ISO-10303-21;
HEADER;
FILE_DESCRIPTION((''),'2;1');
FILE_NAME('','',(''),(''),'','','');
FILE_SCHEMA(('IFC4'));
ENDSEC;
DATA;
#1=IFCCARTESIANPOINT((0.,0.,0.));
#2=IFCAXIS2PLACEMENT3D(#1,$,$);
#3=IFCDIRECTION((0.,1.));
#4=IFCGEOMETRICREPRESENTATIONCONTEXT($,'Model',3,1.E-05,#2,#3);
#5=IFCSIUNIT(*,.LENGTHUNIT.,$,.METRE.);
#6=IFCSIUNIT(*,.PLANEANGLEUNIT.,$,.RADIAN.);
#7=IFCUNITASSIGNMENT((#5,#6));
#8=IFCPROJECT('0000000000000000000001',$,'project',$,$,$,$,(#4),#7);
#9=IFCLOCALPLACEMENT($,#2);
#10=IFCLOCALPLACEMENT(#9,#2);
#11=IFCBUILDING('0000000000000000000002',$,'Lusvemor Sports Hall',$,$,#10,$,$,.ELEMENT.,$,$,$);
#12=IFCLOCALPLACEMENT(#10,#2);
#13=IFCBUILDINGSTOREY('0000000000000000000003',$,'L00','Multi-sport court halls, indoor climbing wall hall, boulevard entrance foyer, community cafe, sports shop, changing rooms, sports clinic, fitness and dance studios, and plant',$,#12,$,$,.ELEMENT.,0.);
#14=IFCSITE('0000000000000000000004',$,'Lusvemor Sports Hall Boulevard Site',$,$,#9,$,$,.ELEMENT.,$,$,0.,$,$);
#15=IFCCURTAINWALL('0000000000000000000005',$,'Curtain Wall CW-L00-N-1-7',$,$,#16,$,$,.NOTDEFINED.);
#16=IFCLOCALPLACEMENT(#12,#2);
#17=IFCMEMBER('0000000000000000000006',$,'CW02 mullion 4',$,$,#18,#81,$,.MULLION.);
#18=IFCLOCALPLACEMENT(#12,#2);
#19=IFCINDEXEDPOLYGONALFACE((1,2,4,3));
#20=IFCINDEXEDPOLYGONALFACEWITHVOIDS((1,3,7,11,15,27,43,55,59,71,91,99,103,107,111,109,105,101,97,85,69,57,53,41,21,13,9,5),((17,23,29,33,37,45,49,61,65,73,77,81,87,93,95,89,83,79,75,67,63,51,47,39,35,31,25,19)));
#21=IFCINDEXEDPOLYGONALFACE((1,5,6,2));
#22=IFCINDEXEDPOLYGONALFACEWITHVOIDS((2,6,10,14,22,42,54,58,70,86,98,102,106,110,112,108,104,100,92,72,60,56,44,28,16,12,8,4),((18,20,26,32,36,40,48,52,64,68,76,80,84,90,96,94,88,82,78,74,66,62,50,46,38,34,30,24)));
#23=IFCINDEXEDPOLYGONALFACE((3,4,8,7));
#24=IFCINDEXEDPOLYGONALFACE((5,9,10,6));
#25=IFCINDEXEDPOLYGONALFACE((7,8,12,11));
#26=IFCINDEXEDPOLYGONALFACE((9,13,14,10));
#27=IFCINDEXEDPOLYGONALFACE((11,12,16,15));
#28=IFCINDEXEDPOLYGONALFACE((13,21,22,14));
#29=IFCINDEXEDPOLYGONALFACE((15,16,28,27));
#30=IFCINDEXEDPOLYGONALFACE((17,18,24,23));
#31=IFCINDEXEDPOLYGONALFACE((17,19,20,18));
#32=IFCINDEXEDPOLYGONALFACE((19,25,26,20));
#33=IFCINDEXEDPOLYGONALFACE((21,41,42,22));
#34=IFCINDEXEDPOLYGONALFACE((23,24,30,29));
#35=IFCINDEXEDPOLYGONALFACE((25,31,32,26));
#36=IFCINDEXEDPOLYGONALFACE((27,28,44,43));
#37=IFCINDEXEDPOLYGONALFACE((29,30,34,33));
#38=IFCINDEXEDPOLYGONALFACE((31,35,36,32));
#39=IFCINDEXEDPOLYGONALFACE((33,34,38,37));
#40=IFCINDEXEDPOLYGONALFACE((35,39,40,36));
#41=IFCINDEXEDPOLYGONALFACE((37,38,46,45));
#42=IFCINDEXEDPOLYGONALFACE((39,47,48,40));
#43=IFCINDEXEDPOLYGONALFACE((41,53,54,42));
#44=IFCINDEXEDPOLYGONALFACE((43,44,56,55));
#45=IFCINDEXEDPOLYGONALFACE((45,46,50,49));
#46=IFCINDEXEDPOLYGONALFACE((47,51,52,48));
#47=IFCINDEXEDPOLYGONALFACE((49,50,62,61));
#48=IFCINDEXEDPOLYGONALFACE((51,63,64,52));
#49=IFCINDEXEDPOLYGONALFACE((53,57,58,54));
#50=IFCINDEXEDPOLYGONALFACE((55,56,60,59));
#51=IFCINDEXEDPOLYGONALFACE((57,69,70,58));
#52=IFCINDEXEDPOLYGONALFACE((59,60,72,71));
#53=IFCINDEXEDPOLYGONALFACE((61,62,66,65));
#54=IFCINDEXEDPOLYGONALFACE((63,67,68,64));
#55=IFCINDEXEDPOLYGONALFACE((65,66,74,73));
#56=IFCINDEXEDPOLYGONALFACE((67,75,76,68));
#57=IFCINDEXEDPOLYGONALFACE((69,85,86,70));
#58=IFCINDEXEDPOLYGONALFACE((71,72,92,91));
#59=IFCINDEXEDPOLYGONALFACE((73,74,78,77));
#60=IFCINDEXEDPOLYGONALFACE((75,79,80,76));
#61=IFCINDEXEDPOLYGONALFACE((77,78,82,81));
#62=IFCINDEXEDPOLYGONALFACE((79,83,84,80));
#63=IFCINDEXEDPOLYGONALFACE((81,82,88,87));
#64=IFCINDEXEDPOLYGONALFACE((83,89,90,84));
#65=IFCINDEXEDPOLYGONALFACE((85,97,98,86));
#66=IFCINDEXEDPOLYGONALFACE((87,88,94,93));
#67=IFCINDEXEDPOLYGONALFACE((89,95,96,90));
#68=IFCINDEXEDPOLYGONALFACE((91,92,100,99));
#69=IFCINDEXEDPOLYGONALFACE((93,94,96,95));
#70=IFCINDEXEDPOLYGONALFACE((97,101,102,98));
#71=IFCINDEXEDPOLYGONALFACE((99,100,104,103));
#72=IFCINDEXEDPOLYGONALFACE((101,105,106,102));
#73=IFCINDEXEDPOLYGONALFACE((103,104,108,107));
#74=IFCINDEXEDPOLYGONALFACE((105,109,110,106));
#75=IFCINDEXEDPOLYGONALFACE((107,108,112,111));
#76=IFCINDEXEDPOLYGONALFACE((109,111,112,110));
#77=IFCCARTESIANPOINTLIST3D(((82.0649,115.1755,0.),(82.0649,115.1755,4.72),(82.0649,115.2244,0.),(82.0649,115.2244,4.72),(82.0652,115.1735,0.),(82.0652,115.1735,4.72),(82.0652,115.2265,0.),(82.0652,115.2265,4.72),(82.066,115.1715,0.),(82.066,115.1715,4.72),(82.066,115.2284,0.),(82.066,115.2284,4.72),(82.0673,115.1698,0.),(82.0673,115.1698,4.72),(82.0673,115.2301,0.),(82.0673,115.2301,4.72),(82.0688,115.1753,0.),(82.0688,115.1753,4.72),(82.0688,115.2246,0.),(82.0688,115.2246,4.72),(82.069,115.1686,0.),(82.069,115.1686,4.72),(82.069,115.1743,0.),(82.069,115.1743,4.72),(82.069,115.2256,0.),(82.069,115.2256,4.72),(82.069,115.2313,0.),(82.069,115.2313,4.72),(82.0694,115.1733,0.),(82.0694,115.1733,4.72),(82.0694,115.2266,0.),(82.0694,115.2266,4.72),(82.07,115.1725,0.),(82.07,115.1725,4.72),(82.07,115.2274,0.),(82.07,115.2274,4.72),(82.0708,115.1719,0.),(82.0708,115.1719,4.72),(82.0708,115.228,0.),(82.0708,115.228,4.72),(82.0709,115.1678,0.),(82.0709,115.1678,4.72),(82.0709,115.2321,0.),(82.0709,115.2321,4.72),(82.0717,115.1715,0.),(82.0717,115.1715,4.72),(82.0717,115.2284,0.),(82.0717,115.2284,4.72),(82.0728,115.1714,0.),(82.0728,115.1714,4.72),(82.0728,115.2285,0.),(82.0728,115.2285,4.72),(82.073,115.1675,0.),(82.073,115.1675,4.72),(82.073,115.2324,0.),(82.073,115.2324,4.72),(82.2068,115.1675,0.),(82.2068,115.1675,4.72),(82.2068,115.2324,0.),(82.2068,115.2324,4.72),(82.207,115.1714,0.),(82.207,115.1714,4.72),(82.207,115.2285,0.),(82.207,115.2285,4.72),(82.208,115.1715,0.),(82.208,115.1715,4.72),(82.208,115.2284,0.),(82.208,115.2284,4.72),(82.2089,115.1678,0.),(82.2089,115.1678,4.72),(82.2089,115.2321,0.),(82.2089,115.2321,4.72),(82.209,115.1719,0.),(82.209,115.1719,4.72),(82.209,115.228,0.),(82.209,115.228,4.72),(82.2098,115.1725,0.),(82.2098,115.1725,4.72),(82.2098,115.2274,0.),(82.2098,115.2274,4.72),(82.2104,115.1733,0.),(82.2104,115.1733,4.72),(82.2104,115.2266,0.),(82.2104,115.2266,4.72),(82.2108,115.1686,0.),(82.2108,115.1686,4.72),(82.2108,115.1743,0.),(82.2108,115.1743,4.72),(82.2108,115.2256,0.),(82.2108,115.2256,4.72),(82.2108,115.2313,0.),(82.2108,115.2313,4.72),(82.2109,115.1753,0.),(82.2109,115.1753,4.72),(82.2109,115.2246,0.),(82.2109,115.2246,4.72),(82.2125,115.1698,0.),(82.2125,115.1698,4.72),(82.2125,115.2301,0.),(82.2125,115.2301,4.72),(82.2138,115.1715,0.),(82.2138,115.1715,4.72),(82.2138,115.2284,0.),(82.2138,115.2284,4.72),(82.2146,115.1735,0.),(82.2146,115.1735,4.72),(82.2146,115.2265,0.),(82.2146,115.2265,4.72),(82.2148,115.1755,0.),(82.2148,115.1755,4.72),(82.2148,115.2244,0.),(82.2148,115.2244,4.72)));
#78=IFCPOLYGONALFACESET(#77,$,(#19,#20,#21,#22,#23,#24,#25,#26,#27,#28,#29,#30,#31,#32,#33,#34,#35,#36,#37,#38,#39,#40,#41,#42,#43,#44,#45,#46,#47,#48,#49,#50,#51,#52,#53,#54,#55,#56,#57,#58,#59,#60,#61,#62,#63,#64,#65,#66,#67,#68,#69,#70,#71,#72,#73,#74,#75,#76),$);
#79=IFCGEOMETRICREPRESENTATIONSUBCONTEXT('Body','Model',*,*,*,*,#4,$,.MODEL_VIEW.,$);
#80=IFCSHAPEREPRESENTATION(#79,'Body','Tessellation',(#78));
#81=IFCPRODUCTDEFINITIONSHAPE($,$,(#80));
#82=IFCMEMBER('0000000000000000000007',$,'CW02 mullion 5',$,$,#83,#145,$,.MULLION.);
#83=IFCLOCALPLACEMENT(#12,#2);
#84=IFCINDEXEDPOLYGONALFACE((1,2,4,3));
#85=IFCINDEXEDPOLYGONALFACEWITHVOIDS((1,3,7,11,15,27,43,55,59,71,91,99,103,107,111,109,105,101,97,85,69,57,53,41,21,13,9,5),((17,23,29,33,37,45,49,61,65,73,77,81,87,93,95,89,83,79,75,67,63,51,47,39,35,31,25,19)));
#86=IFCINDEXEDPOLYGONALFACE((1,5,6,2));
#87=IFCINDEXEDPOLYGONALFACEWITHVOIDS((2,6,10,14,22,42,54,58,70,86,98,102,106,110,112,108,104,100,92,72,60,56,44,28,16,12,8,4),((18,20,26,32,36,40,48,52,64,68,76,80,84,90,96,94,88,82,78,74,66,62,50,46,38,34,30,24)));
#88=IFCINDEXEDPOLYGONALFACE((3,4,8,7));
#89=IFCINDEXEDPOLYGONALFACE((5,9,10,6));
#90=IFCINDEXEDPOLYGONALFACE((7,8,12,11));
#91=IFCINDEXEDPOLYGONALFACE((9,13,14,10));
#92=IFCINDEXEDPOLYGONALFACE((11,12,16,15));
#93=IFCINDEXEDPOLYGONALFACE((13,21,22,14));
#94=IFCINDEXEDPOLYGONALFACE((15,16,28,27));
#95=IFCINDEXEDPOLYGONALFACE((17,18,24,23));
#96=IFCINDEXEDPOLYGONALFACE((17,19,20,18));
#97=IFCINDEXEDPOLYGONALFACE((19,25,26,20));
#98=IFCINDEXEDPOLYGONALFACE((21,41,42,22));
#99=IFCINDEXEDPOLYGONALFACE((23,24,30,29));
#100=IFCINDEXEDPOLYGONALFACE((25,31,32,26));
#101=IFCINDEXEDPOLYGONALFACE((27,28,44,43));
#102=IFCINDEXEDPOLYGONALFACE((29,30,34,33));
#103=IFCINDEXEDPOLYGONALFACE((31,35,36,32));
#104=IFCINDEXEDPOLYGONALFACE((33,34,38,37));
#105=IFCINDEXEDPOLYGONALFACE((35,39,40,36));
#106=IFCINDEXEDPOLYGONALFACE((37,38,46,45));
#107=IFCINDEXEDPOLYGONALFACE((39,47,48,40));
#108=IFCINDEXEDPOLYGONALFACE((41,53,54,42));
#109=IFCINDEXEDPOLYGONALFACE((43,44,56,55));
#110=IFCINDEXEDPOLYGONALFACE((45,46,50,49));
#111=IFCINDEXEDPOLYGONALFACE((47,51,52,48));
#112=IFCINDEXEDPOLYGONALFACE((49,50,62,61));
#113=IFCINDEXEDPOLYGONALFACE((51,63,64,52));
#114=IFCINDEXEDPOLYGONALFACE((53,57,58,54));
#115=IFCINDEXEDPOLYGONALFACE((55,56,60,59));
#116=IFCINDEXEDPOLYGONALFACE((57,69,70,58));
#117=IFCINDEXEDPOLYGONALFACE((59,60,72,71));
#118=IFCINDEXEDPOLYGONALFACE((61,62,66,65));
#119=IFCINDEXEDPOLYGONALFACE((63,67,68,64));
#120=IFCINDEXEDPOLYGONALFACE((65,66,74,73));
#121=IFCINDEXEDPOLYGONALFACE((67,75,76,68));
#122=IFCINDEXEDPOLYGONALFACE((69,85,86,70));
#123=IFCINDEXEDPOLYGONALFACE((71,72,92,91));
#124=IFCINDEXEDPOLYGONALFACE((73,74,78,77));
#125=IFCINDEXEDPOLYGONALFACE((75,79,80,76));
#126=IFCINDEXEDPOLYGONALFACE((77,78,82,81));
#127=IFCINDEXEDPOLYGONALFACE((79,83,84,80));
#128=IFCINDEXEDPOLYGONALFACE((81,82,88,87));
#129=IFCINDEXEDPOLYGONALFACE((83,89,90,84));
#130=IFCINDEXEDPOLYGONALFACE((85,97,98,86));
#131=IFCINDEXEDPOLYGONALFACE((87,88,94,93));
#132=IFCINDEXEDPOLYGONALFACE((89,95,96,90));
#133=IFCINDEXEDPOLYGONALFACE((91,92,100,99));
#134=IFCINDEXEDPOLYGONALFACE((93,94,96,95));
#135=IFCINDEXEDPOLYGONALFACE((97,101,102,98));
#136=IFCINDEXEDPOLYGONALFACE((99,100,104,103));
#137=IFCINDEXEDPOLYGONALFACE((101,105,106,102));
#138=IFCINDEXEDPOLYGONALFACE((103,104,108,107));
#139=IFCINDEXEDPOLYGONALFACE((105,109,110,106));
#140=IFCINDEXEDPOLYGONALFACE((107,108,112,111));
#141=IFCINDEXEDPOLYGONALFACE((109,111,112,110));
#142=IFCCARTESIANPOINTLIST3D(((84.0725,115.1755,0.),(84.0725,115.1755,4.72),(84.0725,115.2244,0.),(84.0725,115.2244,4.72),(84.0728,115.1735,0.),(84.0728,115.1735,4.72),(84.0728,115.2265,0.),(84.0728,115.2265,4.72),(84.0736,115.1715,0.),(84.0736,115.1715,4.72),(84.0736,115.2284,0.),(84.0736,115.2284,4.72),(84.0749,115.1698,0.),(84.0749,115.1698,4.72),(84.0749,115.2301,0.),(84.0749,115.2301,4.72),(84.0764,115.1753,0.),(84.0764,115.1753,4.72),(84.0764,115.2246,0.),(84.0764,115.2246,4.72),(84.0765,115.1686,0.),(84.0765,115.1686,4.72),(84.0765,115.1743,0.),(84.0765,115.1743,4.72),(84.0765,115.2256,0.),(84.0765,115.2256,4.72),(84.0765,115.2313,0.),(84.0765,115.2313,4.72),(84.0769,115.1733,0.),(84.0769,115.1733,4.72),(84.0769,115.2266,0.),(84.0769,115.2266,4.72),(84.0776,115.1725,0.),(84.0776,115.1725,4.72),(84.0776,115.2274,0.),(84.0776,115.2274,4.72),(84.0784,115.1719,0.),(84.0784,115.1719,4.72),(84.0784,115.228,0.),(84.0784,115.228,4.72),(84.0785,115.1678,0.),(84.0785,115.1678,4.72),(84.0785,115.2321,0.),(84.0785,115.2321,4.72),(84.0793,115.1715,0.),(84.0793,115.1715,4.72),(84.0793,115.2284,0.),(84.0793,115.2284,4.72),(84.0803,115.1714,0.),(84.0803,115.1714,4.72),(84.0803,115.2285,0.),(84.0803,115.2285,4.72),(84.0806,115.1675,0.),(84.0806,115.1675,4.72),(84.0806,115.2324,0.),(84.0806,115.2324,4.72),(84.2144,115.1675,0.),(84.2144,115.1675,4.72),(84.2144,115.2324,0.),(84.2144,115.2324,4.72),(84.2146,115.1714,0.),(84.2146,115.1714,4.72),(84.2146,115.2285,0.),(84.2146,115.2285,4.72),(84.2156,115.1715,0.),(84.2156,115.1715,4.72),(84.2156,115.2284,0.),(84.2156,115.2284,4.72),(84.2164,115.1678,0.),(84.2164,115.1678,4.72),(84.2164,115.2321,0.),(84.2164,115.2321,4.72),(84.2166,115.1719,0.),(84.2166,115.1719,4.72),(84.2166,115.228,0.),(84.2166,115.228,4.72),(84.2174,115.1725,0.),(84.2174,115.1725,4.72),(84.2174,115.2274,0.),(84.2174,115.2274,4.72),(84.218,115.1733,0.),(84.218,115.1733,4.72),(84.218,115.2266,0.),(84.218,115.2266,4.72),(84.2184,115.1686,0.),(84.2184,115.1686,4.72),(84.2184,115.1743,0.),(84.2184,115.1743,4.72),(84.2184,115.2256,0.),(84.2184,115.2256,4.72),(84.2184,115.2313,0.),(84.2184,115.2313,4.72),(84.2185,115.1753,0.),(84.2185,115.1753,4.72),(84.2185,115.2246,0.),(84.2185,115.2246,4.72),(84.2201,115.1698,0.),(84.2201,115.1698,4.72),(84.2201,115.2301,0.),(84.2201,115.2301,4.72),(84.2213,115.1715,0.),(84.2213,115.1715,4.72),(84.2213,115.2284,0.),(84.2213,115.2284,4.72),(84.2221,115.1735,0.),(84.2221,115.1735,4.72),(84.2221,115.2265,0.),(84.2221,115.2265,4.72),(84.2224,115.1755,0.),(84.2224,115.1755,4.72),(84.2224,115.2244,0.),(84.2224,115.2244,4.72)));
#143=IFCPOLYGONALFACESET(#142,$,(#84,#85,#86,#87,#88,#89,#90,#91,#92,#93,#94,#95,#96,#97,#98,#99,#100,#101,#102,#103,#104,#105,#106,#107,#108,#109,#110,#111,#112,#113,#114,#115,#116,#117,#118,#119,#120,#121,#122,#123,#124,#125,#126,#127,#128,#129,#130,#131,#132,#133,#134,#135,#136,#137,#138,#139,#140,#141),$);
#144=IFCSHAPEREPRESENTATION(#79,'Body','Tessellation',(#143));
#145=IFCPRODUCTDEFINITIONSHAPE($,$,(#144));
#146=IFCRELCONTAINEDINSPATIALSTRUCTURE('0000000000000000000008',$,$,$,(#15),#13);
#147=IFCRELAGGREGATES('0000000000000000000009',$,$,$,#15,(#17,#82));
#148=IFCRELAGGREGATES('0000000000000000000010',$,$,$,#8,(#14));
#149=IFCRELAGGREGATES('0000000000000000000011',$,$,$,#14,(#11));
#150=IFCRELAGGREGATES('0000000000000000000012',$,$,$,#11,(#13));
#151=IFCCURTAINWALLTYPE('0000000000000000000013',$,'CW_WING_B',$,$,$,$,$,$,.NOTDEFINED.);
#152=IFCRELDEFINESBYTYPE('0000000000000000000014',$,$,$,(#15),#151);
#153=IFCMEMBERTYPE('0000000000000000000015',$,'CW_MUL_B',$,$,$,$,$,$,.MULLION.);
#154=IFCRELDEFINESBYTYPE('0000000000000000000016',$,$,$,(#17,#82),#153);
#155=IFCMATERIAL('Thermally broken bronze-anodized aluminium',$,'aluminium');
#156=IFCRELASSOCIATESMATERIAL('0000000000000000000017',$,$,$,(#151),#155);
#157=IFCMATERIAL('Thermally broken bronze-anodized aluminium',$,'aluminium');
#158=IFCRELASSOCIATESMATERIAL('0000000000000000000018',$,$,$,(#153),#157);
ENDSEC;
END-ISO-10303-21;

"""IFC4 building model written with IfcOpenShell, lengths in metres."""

from ifc_helpers import new_model, si_unit, direction, frame, origin, origin_2d, place, context, subcontext, project, spatial, hollow_rectangle, extrude, material, material_profile, profile_set, type_object, element, aggregate, save


model = new_model("IFC4")

# Units and contexts
model_context = context("Model", 3, precision=1e-05, world=origin(), true_north=direction((0.0, 1.0)))
body_context = subcontext(model_context, "Body", "Model", "MODEL_VIEW")
ifc_project = project(units=[si_unit("LENGTHUNIT", "METRE"), si_unit("PLANEANGLEUNIT", "RADIAN")], contexts=[model_context])

# Site, building, storey
site_placement = place(None, origin())
site = spatial("IfcSite", under=ifc_project, at=site_placement, Name="Lusvemor Sports Hall Boulevard Site", CompositionType="ELEMENT", RefElevation=0.0)
building_placement = place(site_placement, origin())
building = spatial("IfcBuilding", under=site, at=building_placement, Name="Lusvemor Sports Hall", CompositionType="ELEMENT")
storey_placement = place(building_placement, origin())
storey = spatial("IfcBuildingStorey", under=building, at=storey_placement, Name="L00", Description="Multi-sport court halls, indoor climbing wall hall, boulevard entrance foyer, community cafe, sports shop, changing rooms, sports clinic, fitness and dance studios, and plant", CompositionType="ELEMENT", Elevation=0.0)

# Curtain wall, members
ifc_material_1 = material(Name="Thermally broken bronze-anodized aluminium", Category="aluminium")
curtain_wall_type = type_object("IfcCurtainWallType", Name="CW_WING_B", PredefinedType="NOTDEFINED", material=ifc_material_1)
curtain_wall_placement = place(storey_placement, origin())
curtain_wall = element("IfcCurtainWall", 1, at=curtain_wall_placement, inside=storey, type_object=curtain_wall_type, Name="Curtain Wall CW-L00-N-1-7", PredefinedType="NOTDEFINED")
ifc_material_2 = material(Name="Thermally broken bronze-anodized aluminium", Category="aluminium")
ifc_material_profile_1 = material_profile(ifc_material_2, hollow_rectangle(XDim=0.0649, YDim=0.1499, WallThickness=0.0039, InnerFilletRadius=0.0039, OuterFilletRadius=0.0081, at=origin_2d()), Name="CWMUL150x65x4")
ifc_profile_set_1 = profile_set([ifc_material_profile_1], Name="Thermally broken bronze-anodized aluminium")
member_type_1 = type_object("IfcMemberType", Name="CW_MUL_B", PredefinedType="MULLION", material=ifc_profile_set_1)
member_1_placement = place(storey_placement, frame((82.1399, 115.2, 0.0), z_axis=(0.0, 0.0, 1.0), x_axis=(0.0, 1.0, 0.0)))
member_1 = element("IfcMember", 2, at=member_1_placement, type_object=member_type_1, Name="CW02 mullion 4", PredefinedType="MULLION", context=body_context, shape_type="SweptSolid", body=[
    extrude(hollow_rectangle(XDim=0.0649, YDim=0.1499, WallThickness=0.0039, InnerFilletRadius=0.0039, OuterFilletRadius=0.0081, at=origin_2d()), origin(), (0.0, 0.0, 1.0), 4.72),
])
member_2_placement = place(storey_placement, frame((84.1475, 115.2, 0.0), z_axis=(0.0, 0.0, 1.0), x_axis=(0.0, 1.0, 0.0)))
member_2 = element("IfcMember", 3, at=member_2_placement, type_object=member_type_1, Name="CW02 mullion 5", PredefinedType="MULLION", context=body_context, shape_type="SweptSolid", body=[
    extrude(hollow_rectangle(XDim=0.0649, YDim=0.1499, WallThickness=0.0039, InnerFilletRadius=0.0039, OuterFilletRadius=0.0081, at=origin_2d()), origin(), (0.0, 0.0, 1.0), 4.72),
])
aggregate(curtain_wall, [member_1, member_2])

save(model, "model.ifc")
